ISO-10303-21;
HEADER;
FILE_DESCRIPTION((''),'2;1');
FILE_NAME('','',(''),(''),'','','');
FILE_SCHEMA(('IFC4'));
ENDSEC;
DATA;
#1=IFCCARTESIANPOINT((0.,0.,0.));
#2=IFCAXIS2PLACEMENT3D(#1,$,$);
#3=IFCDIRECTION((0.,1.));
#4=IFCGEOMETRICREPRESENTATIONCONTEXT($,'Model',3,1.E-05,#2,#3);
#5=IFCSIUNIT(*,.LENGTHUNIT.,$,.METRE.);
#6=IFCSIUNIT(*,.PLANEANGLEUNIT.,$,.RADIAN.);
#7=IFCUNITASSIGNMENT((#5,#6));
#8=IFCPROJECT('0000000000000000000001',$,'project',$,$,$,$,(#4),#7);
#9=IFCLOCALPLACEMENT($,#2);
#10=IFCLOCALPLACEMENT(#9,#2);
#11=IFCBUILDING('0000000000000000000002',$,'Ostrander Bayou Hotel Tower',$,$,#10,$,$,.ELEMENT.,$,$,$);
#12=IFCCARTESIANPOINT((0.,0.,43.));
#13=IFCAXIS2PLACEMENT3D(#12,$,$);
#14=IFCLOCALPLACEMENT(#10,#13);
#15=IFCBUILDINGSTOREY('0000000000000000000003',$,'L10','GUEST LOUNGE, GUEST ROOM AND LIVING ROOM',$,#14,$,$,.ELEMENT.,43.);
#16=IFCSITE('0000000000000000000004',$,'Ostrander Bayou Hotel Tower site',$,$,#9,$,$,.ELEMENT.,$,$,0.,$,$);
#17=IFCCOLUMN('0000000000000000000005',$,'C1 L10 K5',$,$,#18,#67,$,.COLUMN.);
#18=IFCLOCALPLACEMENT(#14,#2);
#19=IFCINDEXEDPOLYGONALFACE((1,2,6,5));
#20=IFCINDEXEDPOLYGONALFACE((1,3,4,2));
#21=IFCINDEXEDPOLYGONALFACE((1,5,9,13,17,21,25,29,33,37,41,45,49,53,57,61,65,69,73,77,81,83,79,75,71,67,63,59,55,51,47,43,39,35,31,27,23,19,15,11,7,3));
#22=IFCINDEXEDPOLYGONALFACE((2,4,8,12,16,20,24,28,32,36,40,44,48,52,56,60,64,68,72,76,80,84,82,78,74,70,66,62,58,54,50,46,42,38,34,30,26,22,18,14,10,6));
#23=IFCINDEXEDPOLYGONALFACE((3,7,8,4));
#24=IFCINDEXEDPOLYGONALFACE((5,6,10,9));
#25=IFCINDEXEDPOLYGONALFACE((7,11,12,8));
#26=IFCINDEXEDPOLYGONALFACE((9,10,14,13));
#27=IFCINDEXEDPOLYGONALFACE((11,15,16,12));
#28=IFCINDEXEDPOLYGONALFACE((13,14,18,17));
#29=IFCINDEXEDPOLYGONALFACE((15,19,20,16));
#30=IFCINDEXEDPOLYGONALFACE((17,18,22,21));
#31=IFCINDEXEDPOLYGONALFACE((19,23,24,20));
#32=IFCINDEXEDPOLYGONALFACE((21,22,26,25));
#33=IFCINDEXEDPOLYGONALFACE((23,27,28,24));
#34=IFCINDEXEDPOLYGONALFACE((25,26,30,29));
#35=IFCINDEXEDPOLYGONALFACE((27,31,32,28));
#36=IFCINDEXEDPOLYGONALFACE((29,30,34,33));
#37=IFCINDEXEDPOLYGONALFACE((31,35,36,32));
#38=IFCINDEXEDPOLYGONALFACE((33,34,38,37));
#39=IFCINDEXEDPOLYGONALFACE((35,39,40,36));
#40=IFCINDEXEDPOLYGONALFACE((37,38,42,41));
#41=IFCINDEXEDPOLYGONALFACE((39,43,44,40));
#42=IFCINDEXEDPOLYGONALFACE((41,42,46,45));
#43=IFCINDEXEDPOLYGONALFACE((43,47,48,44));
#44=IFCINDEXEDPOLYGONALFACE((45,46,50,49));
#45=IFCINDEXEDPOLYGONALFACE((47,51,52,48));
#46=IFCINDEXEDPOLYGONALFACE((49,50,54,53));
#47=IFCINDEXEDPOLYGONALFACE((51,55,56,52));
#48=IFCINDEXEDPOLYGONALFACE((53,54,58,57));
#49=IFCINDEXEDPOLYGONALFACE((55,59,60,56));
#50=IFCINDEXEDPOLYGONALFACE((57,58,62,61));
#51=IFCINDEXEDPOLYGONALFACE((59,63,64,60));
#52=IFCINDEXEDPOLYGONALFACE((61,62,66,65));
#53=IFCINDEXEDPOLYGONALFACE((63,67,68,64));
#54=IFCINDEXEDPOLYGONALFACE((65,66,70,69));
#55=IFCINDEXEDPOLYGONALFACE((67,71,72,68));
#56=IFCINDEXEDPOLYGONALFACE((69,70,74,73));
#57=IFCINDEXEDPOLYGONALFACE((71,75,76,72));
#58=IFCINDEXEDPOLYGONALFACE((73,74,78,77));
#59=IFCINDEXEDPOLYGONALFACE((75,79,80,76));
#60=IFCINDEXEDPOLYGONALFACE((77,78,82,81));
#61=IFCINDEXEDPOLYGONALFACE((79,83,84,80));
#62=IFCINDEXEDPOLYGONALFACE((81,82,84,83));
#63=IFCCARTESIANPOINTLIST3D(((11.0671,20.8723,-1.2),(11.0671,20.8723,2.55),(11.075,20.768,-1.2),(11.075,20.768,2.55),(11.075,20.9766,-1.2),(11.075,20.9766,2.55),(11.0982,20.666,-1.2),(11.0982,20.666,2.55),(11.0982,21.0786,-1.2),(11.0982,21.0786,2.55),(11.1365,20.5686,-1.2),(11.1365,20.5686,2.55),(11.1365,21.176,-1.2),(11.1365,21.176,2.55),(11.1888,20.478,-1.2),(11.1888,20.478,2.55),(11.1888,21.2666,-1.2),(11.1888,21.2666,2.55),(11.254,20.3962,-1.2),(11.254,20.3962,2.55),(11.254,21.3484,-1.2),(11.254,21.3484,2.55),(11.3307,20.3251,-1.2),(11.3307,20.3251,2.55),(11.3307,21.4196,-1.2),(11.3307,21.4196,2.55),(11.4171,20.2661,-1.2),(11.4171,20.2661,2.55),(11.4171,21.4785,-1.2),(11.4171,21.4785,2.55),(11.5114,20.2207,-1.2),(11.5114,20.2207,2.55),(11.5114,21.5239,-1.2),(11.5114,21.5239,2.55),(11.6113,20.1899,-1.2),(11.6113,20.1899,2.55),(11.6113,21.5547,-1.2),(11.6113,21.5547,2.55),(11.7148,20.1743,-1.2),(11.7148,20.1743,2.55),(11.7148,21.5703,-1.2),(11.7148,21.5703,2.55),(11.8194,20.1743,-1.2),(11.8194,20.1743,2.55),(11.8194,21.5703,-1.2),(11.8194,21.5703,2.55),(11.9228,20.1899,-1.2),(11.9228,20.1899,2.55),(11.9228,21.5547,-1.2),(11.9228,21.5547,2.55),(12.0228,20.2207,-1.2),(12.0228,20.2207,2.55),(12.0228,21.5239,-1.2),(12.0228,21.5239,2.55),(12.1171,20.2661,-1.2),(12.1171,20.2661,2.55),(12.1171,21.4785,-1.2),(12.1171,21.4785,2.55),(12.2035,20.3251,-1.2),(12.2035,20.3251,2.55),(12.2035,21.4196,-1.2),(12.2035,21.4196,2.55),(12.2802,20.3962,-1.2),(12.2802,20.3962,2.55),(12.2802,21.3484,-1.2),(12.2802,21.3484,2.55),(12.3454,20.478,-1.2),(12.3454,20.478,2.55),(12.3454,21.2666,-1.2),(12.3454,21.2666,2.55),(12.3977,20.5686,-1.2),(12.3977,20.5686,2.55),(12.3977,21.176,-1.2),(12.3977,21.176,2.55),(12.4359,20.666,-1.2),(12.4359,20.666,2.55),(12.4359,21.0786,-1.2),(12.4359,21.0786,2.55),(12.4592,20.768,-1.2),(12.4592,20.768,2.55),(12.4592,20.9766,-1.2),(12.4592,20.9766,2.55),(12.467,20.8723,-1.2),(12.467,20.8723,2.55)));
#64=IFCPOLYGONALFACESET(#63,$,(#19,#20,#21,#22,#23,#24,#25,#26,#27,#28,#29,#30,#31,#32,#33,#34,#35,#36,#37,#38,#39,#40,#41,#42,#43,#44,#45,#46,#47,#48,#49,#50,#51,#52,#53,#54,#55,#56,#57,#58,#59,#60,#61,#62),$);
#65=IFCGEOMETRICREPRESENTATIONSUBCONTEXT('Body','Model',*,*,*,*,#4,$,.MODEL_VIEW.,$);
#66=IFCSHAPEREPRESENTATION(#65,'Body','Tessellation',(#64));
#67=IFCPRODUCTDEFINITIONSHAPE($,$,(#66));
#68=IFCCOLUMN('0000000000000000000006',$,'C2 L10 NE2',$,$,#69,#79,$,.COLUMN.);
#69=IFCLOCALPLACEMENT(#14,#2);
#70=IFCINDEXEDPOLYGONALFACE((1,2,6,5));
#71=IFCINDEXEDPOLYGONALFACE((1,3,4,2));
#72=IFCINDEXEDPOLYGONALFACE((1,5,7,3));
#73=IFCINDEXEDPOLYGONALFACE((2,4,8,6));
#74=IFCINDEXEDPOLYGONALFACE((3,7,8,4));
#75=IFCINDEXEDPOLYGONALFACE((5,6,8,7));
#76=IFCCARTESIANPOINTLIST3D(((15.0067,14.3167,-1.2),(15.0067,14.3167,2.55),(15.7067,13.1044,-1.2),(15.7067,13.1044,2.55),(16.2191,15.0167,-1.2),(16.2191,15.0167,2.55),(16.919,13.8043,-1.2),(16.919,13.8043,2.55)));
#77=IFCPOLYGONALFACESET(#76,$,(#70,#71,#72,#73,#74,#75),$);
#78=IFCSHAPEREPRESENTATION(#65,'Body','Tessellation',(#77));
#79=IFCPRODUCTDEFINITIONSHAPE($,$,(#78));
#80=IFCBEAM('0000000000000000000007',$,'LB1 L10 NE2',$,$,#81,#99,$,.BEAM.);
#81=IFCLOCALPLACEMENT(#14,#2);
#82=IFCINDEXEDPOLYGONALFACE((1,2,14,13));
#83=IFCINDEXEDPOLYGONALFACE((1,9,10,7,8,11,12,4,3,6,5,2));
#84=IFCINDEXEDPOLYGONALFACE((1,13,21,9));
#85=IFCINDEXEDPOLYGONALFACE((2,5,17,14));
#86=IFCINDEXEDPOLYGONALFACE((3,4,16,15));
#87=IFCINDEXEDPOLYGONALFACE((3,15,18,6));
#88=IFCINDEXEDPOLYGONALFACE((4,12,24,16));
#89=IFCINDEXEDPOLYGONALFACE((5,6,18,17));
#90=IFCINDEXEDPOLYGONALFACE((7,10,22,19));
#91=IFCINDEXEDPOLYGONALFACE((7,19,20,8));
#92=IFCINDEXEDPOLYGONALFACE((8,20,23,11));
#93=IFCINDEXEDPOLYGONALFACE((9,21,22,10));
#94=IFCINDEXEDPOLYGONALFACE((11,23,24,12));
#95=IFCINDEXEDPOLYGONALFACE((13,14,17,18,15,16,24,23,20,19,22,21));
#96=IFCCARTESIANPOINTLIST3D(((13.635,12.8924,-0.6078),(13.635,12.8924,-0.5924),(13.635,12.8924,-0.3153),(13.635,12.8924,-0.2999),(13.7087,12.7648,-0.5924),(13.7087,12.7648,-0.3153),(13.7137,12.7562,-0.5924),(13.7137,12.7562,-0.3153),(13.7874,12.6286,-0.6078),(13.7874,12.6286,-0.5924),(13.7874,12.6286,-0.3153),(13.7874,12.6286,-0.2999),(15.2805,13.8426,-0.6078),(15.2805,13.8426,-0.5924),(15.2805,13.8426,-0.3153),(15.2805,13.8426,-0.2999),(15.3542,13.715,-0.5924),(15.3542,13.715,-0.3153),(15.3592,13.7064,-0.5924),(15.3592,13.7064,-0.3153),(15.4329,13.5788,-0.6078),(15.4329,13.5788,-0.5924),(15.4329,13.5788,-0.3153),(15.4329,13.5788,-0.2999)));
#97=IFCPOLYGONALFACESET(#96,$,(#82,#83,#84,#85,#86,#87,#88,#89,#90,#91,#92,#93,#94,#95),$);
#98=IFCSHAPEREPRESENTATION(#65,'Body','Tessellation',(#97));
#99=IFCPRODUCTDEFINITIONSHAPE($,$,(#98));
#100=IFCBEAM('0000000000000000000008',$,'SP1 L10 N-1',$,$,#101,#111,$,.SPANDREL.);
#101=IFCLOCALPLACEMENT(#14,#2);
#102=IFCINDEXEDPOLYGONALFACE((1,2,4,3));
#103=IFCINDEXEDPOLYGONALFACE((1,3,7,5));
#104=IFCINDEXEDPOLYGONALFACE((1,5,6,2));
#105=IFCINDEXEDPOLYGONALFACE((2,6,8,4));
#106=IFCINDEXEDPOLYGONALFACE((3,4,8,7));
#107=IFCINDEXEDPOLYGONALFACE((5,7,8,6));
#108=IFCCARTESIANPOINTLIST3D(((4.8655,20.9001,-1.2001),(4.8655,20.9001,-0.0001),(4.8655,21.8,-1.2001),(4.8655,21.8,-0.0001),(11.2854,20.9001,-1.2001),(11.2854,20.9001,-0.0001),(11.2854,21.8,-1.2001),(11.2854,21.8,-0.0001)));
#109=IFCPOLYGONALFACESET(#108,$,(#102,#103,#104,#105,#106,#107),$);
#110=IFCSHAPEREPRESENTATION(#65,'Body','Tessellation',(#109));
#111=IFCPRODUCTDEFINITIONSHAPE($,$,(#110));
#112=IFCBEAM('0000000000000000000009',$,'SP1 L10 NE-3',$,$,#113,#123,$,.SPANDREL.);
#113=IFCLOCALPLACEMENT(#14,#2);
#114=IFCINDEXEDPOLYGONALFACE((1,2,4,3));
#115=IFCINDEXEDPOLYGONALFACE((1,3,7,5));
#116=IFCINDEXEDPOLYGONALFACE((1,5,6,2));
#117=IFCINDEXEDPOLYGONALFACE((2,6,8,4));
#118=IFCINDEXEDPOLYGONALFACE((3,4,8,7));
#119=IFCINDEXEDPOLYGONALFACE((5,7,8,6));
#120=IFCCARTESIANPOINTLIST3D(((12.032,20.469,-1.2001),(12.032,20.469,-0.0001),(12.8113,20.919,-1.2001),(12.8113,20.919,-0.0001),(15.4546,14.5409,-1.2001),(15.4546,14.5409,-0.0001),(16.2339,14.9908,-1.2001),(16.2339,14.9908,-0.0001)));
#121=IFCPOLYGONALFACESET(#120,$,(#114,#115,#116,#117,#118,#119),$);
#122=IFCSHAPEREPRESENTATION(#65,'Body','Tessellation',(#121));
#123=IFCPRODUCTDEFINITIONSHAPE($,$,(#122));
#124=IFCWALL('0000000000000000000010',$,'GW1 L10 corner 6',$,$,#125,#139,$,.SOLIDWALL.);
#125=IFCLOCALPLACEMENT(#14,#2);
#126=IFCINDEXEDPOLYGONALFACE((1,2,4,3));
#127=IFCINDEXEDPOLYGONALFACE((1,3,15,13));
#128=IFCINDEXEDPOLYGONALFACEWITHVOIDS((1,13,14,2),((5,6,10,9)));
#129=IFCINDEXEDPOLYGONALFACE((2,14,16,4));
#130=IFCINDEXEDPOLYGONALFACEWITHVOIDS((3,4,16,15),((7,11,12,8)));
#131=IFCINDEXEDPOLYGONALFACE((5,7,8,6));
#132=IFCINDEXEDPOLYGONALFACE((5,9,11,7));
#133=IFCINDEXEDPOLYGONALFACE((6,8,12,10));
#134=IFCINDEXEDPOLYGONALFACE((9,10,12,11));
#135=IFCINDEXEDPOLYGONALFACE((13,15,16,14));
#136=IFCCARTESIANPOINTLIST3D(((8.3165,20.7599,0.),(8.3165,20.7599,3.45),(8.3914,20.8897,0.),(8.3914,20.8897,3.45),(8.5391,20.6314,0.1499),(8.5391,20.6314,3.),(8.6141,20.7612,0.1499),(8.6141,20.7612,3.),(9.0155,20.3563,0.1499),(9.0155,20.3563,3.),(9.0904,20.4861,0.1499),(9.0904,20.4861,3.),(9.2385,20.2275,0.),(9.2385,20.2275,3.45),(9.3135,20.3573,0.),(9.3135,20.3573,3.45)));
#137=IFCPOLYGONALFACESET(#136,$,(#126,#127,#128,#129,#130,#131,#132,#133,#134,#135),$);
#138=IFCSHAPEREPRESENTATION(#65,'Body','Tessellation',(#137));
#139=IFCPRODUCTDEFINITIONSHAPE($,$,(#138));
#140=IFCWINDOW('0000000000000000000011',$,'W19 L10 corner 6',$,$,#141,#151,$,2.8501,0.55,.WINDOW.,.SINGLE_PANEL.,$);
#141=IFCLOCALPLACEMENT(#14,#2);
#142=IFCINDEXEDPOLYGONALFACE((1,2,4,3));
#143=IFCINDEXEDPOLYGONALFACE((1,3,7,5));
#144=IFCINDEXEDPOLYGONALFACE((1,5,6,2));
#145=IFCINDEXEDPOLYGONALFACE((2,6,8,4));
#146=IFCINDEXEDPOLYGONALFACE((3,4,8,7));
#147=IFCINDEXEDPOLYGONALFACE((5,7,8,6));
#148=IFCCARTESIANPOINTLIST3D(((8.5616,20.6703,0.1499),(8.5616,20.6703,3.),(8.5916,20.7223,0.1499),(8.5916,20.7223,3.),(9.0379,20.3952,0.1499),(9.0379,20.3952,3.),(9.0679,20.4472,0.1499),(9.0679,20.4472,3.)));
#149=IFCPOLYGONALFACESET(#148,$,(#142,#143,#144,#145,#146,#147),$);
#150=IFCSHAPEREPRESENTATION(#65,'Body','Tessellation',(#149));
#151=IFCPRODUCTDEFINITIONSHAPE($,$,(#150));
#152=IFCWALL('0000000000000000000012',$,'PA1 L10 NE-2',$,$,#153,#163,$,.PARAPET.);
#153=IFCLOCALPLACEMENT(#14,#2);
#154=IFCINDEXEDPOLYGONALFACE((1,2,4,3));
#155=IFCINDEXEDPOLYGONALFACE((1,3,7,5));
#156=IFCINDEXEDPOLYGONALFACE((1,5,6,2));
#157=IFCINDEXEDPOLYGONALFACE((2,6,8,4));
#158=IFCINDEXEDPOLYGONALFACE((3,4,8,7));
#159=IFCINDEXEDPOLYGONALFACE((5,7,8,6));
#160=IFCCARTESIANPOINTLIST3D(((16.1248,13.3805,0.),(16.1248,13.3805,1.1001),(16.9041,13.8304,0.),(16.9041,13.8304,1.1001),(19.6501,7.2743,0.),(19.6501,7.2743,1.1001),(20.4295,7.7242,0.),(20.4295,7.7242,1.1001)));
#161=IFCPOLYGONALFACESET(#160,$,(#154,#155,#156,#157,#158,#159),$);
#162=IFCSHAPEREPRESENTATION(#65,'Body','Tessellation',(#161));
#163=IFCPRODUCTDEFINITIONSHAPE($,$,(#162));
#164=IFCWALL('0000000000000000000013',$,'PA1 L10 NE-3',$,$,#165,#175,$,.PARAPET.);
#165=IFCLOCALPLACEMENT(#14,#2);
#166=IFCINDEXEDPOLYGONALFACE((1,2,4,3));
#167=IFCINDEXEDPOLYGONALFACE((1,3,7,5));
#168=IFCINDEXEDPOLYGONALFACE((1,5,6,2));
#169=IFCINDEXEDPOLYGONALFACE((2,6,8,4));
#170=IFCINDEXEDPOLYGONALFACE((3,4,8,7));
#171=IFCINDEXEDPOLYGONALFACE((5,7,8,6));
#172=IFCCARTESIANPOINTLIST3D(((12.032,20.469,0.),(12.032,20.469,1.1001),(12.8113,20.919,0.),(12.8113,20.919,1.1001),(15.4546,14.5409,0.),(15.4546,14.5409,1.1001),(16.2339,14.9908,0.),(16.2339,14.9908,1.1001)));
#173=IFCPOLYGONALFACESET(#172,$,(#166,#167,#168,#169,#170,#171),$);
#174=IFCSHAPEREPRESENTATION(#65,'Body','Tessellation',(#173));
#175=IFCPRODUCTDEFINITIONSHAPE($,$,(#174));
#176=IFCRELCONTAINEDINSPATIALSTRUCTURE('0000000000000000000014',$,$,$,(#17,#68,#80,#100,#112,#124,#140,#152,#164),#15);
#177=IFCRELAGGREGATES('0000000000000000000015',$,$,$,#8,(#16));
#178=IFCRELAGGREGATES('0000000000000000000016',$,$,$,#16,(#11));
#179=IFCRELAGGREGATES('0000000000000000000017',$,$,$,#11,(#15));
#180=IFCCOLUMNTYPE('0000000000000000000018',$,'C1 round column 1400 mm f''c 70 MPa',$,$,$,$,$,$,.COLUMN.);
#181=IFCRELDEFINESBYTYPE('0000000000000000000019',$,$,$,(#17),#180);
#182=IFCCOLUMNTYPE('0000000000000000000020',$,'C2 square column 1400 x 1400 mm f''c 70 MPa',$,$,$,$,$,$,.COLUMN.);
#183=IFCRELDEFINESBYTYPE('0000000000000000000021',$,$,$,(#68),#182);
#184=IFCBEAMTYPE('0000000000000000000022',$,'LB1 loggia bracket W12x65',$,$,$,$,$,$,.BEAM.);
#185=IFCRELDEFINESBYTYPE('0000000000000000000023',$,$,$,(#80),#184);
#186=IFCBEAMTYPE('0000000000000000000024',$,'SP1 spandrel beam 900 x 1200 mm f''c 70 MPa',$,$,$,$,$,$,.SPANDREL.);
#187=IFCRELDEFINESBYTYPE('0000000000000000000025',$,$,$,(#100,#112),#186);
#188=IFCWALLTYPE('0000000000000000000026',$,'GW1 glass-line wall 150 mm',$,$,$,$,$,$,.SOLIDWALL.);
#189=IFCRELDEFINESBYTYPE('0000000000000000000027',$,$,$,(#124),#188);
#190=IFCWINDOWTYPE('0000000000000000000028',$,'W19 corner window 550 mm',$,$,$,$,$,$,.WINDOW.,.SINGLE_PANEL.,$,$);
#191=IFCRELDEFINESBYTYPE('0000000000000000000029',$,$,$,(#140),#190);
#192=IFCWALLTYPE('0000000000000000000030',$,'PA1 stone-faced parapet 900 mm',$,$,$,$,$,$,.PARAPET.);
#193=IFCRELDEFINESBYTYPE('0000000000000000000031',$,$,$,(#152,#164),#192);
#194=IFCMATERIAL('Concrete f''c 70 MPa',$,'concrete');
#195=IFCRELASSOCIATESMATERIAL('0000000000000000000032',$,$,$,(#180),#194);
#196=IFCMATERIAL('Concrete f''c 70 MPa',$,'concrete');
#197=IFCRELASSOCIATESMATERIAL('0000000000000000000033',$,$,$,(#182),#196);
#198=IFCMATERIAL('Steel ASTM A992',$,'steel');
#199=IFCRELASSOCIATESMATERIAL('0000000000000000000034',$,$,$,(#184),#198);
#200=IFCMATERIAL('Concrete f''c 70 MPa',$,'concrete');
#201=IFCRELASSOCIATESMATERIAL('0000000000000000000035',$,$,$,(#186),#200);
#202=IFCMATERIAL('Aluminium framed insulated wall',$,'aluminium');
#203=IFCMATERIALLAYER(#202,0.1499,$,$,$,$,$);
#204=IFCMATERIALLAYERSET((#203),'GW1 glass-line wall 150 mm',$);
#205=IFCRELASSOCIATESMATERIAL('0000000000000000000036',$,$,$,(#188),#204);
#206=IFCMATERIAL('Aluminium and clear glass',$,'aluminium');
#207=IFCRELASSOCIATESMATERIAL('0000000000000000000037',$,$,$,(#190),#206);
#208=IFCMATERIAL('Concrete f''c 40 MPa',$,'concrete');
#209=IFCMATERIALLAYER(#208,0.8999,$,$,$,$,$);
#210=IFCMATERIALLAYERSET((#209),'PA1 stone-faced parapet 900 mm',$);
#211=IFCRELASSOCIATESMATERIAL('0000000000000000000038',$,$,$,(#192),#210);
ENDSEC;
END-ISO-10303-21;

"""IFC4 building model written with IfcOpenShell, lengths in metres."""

from ifc_helpers import new_model, si_unit, direction, frame, frame_2d, origin, origin_2d, place, context, subcontext, project, spatial, rectangle, circle, i_section, extrude, material, layer, layer_set, material_profile, profile_set, type_object, element, fill, save


model = new_model("IFC4")

# Units and contexts
model_context = context("Model", 3, precision=1e-05, world=origin(), true_north=direction((0.0, 1.0)))
body_context = subcontext(model_context, "Body", "Model", "MODEL_VIEW")
ifc_project = project(units=[si_unit("LENGTHUNIT", "METRE"), si_unit("PLANEANGLEUNIT", "RADIAN")], contexts=[model_context])

# Site, building, storey
site_placement = place(None, origin())
site = spatial("IfcSite", under=ifc_project, at=site_placement, Name="Ostrander Bayou Hotel Tower site", CompositionType="ELEMENT", RefElevation=0.0)
building_placement = place(site_placement, origin())
building = spatial("IfcBuilding", under=site, at=building_placement, Name="Ostrander Bayou Hotel Tower", CompositionType="ELEMENT")
storey_placement = place(building_placement, frame((0.0, 0.0, 43.0)))
storey = spatial("IfcBuildingStorey", under=building, at=storey_placement, Name="L10", Description="GUEST LOUNGE, GUEST ROOM AND LIVING ROOM", CompositionType="ELEMENT", Elevation=43.0)

# Columns
ifc_material_1 = material(Name="Concrete f'c 70 MPa", Category="concrete")
ifc_material_profile_1 = material_profile(ifc_material_1, circle(Radius=0.7, at=origin_2d()))
ifc_profile_set_1 = profile_set([ifc_material_profile_1], Name="Concrete f'c 70 MPa")
column_type_1 = type_object("IfcColumnType", Name="C1 round column 1400 mm f'c 70 MPa", PredefinedType="COLUMN", material=ifc_profile_set_1)
column_1_placement = place(storey_placement, frame((11.7671, 20.8723, -1.2), z_axis=(0.0, 0.0, 1.0), x_axis=(1.0, 0.0, 0.0)))
element("IfcColumn", 1, at=column_1_placement, inside=storey, type_object=column_type_1, Name="C1 L10 K5", PredefinedType="COLUMN", context=body_context, shape_type="SweptSolid", body=[
    extrude(circle(Radius=0.7, at=origin_2d()), origin(), (0.0, 0.0, 1.0), 3.75),
])
ifc_material_2 = material(Name="Concrete f'c 70 MPa", Category="concrete")
ifc_material_profile_2 = material_profile(ifc_material_2, rectangle(XDim=1.3999, YDim=1.3999, at=origin_2d()))
ifc_profile_set_2 = profile_set([ifc_material_profile_2], Name="Concrete f'c 70 MPa")
column_type_2 = type_object("IfcColumnType", Name="C2 square column 1400 x 1400 mm f'c 70 MPa", PredefinedType="COLUMN", material=ifc_profile_set_2)
column_2_placement = place(storey_placement, frame((15.9629, 14.0605, -1.2), z_axis=(0.0, 0.0, 1.0), x_axis=(0.5, -0.866025, 0.0)))
element("IfcColumn", 2, at=column_2_placement, inside=storey, type_object=column_type_2, Name="C2 L10 NE2", PredefinedType="COLUMN", context=body_context, shape_type="SweptSolid", body=[
    extrude(rectangle(XDim=1.3999, YDim=1.3999, at=origin_2d()), origin(), (0.0, 0.0, 1.0), 3.75),
])

# Beams
ifc_material_3 = material(Name="Steel ASTM A992", Category="steel")
ifc_material_profile_3 = material_profile(ifc_material_3, i_section(OverallWidth=0.3047, OverallDepth=0.3079, WebThickness=0.01, FlangeThickness=0.0154, at=origin_2d()))
ifc_profile_set_3 = profile_set([ifc_material_profile_3], Name="Steel ASTM A992")
beam_type_1 = type_object("IfcBeamType", Name="LB1 loggia bracket W12x65", PredefinedType="BEAM", material=ifc_profile_set_3)
beam_1_placement = place(storey_placement, frame((15.3567, 13.7107, -0.4539), z_axis=(-0.865989, -0.500064, 0.0), x_axis=(0.500064, -0.865989, 0.0)))
element("IfcBeam", 3, at=beam_1_placement, inside=storey, type_object=beam_type_1, Name="LB1 L10 NE2", PredefinedType="BEAM", context=body_context, shape_type="SweptSolid", body=[
    extrude(i_section(OverallWidth=0.3047, OverallDepth=0.3079, WebThickness=0.01, FlangeThickness=0.0154, at=origin_2d()), origin(), (0.0, 0.0, 1.0), 1.9001),
])
ifc_material_4 = material(Name="Concrete f'c 70 MPa", Category="concrete")
ifc_material_profile_4 = material_profile(ifc_material_4, rectangle(XDim=0.8999, YDim=1.2, at=origin_2d()))
ifc_profile_set_4 = profile_set([ifc_material_profile_4], Name="Concrete f'c 70 MPa")
beam_type_2 = type_object("IfcBeamType", Name="SP1 spandrel beam 900 x 1200 mm f'c 70 MPa", PredefinedType="SPANDREL", material=ifc_profile_set_4)
beam_2_placement = place(storey_placement, frame((11.2854, 21.3501, -0.6001), z_axis=(-1.0, 0.0, 0.0), x_axis=(0.0, -1.0, 0.0)))
element("IfcBeam", 4, at=beam_2_placement, inside=storey, type_object=beam_type_2, Name="SP1 L10 N-1", PredefinedType="SPANDREL", context=body_context, shape_type="SweptSolid", body=[
    extrude(rectangle(XDim=0.8999, YDim=1.2, at=origin_2d()), origin(), (0.0, 0.0, 1.0), 6.4199),
])
beam_3_placement = place(storey_placement, frame((15.8442, 14.7659, -0.6001), z_axis=(-0.499994, 0.866029, 0.0), x_axis=(-0.866029, -0.499994, 0.0)))
element("IfcBeam", 5, at=beam_3_placement, inside=storey, type_object=beam_type_2, Name="SP1 L10 NE-3", PredefinedType="SPANDREL", context=body_context, shape_type="SweptSolid", body=[
    extrude(rectangle(XDim=0.8999, YDim=1.2, at=origin_2d()), origin(), (0.0, 0.0, 1.0), 6.8452),
])

# Wall, opening, window
ifc_material_5 = material(Name="Aluminium framed insulated wall", Category="aluminium")
ifc_layer_1 = layer(ifc_material_5, 0.1499)
ifc_layer_set_1 = layer_set([ifc_layer_1], Name="GW1 glass-line wall 150 mm")
wall_type_1 = type_object("IfcWallType", Name="GW1 glass-line wall 150 mm", PredefinedType="SOLIDWALL", material=ifc_layer_set_1)
wall_1_placement = place(storey_placement, frame((9.2759, 20.2925, 0.0), z_axis=(0.0, 0.0, 1.0), x_axis=(-0.865991, 0.50006, 0.0)))
wall_1 = element("IfcWall", 6, at=wall_1_placement, inside=storey, type_object=wall_type_1, Name="GW1 L10 corner 6", PredefinedType="SOLIDWALL", context=body_context, shape_type="SweptSolid", body=[
    extrude(rectangle(XDim=1.0647, YDim=0.1499, at=frame_2d((0.5322, 0.0))), origin(), (0.0, 0.0, 1.0), 3.45),
])
opening_1_placement = place(wall_1_placement, frame((0.2576, 0.0, 0.1499)))
opening_1 = element("IfcOpeningElement", 7, at=opening_1_placement, cuts=wall_1, PredefinedType="OPENING", context=body_context, shape_type="SweptSolid", body=[
    extrude(rectangle(XDim=0.55, YDim=2.8501, at=frame_2d((0.2749, 1.425))), frame((0.0, 0.075, 0.0), z_axis=(0.0, -1.0, 0.0), x_axis=(1.0, 0.0, 0.0)), (0.0, 0.0, 1.0), 0.1499),
])
ifc_material_6 = material(Name="Aluminium and clear glass", Category="aluminium")
window_type_1 = type_object("IfcWindowType", Name="W19 corner window 550 mm", PartitioningType="SINGLE_PANEL", PredefinedType="WINDOW", material=ifc_material_6)
window_1_placement = place(opening_1_placement, origin())
window_1 = element("IfcWindow", 8, at=window_1_placement, inside=storey, type_object=window_type_1, Name="W19 L10 corner 6", OverallHeight=2.8501, OverallWidth=0.55, PartitioningType="SINGLE_PANEL", PredefinedType="WINDOW", context=body_context, shape_type="SweptSolid", body=[
    extrude(rectangle(XDim=0.55, YDim=2.8501, at=frame_2d((0.2749, 1.425))), frame((0.0, 0.03, 0.0), z_axis=(0.0, -1.0, 0.0), x_axis=(1.0, 0.0, 0.0)), (0.0, 0.0, 1.0), 0.0601),
])
fill(opening_1, window_1)

# Walls
ifc_material_7 = material(Name="Concrete f'c 40 MPa", Category="concrete")
ifc_layer_2 = layer(ifc_material_7, 0.8999)
ifc_layer_set_2 = layer_set([ifc_layer_2], Name="PA1 stone-faced parapet 900 mm")
wall_type_2 = type_object("IfcWallType", Name="PA1 stone-faced parapet 900 mm", PredefinedType="PARAPET", material=ifc_layer_set_2)
wall_2_placement = place(storey_placement, frame((20.0398, 7.4993, 0.0), z_axis=(0.0, 0.0, 1.0), x_axis=(-0.499997, 0.866027, 0.0)))
element("IfcWall", 9, at=wall_2_placement, inside=storey, type_object=wall_type_2, Name="PA1 L10 NE-2", PredefinedType="PARAPET", context=body_context, shape_type="SweptSolid", body=[
    extrude(rectangle(XDim=7.0508, YDim=0.8999, at=frame_2d((3.5254, 0.0))), origin(), (0.0, 0.0, 1.0), 1.1001),
])
wall_3_placement = place(storey_placement, frame((15.8442, 14.7659, 0.0), z_axis=(0.0, 0.0, 1.0), x_axis=(-0.499994, 0.866029, 0.0)))
element("IfcWall", 10, at=wall_3_placement, inside=storey, type_object=wall_type_2, Name="PA1 L10 NE-3", PredefinedType="PARAPET", context=body_context, shape_type="SweptSolid", body=[
    extrude(rectangle(XDim=6.8452, YDim=0.8999, at=frame_2d((3.4226, 0.0))), origin(), (0.0, 0.0, 1.0), 1.1001),
])

save(model, "model.ifc")
